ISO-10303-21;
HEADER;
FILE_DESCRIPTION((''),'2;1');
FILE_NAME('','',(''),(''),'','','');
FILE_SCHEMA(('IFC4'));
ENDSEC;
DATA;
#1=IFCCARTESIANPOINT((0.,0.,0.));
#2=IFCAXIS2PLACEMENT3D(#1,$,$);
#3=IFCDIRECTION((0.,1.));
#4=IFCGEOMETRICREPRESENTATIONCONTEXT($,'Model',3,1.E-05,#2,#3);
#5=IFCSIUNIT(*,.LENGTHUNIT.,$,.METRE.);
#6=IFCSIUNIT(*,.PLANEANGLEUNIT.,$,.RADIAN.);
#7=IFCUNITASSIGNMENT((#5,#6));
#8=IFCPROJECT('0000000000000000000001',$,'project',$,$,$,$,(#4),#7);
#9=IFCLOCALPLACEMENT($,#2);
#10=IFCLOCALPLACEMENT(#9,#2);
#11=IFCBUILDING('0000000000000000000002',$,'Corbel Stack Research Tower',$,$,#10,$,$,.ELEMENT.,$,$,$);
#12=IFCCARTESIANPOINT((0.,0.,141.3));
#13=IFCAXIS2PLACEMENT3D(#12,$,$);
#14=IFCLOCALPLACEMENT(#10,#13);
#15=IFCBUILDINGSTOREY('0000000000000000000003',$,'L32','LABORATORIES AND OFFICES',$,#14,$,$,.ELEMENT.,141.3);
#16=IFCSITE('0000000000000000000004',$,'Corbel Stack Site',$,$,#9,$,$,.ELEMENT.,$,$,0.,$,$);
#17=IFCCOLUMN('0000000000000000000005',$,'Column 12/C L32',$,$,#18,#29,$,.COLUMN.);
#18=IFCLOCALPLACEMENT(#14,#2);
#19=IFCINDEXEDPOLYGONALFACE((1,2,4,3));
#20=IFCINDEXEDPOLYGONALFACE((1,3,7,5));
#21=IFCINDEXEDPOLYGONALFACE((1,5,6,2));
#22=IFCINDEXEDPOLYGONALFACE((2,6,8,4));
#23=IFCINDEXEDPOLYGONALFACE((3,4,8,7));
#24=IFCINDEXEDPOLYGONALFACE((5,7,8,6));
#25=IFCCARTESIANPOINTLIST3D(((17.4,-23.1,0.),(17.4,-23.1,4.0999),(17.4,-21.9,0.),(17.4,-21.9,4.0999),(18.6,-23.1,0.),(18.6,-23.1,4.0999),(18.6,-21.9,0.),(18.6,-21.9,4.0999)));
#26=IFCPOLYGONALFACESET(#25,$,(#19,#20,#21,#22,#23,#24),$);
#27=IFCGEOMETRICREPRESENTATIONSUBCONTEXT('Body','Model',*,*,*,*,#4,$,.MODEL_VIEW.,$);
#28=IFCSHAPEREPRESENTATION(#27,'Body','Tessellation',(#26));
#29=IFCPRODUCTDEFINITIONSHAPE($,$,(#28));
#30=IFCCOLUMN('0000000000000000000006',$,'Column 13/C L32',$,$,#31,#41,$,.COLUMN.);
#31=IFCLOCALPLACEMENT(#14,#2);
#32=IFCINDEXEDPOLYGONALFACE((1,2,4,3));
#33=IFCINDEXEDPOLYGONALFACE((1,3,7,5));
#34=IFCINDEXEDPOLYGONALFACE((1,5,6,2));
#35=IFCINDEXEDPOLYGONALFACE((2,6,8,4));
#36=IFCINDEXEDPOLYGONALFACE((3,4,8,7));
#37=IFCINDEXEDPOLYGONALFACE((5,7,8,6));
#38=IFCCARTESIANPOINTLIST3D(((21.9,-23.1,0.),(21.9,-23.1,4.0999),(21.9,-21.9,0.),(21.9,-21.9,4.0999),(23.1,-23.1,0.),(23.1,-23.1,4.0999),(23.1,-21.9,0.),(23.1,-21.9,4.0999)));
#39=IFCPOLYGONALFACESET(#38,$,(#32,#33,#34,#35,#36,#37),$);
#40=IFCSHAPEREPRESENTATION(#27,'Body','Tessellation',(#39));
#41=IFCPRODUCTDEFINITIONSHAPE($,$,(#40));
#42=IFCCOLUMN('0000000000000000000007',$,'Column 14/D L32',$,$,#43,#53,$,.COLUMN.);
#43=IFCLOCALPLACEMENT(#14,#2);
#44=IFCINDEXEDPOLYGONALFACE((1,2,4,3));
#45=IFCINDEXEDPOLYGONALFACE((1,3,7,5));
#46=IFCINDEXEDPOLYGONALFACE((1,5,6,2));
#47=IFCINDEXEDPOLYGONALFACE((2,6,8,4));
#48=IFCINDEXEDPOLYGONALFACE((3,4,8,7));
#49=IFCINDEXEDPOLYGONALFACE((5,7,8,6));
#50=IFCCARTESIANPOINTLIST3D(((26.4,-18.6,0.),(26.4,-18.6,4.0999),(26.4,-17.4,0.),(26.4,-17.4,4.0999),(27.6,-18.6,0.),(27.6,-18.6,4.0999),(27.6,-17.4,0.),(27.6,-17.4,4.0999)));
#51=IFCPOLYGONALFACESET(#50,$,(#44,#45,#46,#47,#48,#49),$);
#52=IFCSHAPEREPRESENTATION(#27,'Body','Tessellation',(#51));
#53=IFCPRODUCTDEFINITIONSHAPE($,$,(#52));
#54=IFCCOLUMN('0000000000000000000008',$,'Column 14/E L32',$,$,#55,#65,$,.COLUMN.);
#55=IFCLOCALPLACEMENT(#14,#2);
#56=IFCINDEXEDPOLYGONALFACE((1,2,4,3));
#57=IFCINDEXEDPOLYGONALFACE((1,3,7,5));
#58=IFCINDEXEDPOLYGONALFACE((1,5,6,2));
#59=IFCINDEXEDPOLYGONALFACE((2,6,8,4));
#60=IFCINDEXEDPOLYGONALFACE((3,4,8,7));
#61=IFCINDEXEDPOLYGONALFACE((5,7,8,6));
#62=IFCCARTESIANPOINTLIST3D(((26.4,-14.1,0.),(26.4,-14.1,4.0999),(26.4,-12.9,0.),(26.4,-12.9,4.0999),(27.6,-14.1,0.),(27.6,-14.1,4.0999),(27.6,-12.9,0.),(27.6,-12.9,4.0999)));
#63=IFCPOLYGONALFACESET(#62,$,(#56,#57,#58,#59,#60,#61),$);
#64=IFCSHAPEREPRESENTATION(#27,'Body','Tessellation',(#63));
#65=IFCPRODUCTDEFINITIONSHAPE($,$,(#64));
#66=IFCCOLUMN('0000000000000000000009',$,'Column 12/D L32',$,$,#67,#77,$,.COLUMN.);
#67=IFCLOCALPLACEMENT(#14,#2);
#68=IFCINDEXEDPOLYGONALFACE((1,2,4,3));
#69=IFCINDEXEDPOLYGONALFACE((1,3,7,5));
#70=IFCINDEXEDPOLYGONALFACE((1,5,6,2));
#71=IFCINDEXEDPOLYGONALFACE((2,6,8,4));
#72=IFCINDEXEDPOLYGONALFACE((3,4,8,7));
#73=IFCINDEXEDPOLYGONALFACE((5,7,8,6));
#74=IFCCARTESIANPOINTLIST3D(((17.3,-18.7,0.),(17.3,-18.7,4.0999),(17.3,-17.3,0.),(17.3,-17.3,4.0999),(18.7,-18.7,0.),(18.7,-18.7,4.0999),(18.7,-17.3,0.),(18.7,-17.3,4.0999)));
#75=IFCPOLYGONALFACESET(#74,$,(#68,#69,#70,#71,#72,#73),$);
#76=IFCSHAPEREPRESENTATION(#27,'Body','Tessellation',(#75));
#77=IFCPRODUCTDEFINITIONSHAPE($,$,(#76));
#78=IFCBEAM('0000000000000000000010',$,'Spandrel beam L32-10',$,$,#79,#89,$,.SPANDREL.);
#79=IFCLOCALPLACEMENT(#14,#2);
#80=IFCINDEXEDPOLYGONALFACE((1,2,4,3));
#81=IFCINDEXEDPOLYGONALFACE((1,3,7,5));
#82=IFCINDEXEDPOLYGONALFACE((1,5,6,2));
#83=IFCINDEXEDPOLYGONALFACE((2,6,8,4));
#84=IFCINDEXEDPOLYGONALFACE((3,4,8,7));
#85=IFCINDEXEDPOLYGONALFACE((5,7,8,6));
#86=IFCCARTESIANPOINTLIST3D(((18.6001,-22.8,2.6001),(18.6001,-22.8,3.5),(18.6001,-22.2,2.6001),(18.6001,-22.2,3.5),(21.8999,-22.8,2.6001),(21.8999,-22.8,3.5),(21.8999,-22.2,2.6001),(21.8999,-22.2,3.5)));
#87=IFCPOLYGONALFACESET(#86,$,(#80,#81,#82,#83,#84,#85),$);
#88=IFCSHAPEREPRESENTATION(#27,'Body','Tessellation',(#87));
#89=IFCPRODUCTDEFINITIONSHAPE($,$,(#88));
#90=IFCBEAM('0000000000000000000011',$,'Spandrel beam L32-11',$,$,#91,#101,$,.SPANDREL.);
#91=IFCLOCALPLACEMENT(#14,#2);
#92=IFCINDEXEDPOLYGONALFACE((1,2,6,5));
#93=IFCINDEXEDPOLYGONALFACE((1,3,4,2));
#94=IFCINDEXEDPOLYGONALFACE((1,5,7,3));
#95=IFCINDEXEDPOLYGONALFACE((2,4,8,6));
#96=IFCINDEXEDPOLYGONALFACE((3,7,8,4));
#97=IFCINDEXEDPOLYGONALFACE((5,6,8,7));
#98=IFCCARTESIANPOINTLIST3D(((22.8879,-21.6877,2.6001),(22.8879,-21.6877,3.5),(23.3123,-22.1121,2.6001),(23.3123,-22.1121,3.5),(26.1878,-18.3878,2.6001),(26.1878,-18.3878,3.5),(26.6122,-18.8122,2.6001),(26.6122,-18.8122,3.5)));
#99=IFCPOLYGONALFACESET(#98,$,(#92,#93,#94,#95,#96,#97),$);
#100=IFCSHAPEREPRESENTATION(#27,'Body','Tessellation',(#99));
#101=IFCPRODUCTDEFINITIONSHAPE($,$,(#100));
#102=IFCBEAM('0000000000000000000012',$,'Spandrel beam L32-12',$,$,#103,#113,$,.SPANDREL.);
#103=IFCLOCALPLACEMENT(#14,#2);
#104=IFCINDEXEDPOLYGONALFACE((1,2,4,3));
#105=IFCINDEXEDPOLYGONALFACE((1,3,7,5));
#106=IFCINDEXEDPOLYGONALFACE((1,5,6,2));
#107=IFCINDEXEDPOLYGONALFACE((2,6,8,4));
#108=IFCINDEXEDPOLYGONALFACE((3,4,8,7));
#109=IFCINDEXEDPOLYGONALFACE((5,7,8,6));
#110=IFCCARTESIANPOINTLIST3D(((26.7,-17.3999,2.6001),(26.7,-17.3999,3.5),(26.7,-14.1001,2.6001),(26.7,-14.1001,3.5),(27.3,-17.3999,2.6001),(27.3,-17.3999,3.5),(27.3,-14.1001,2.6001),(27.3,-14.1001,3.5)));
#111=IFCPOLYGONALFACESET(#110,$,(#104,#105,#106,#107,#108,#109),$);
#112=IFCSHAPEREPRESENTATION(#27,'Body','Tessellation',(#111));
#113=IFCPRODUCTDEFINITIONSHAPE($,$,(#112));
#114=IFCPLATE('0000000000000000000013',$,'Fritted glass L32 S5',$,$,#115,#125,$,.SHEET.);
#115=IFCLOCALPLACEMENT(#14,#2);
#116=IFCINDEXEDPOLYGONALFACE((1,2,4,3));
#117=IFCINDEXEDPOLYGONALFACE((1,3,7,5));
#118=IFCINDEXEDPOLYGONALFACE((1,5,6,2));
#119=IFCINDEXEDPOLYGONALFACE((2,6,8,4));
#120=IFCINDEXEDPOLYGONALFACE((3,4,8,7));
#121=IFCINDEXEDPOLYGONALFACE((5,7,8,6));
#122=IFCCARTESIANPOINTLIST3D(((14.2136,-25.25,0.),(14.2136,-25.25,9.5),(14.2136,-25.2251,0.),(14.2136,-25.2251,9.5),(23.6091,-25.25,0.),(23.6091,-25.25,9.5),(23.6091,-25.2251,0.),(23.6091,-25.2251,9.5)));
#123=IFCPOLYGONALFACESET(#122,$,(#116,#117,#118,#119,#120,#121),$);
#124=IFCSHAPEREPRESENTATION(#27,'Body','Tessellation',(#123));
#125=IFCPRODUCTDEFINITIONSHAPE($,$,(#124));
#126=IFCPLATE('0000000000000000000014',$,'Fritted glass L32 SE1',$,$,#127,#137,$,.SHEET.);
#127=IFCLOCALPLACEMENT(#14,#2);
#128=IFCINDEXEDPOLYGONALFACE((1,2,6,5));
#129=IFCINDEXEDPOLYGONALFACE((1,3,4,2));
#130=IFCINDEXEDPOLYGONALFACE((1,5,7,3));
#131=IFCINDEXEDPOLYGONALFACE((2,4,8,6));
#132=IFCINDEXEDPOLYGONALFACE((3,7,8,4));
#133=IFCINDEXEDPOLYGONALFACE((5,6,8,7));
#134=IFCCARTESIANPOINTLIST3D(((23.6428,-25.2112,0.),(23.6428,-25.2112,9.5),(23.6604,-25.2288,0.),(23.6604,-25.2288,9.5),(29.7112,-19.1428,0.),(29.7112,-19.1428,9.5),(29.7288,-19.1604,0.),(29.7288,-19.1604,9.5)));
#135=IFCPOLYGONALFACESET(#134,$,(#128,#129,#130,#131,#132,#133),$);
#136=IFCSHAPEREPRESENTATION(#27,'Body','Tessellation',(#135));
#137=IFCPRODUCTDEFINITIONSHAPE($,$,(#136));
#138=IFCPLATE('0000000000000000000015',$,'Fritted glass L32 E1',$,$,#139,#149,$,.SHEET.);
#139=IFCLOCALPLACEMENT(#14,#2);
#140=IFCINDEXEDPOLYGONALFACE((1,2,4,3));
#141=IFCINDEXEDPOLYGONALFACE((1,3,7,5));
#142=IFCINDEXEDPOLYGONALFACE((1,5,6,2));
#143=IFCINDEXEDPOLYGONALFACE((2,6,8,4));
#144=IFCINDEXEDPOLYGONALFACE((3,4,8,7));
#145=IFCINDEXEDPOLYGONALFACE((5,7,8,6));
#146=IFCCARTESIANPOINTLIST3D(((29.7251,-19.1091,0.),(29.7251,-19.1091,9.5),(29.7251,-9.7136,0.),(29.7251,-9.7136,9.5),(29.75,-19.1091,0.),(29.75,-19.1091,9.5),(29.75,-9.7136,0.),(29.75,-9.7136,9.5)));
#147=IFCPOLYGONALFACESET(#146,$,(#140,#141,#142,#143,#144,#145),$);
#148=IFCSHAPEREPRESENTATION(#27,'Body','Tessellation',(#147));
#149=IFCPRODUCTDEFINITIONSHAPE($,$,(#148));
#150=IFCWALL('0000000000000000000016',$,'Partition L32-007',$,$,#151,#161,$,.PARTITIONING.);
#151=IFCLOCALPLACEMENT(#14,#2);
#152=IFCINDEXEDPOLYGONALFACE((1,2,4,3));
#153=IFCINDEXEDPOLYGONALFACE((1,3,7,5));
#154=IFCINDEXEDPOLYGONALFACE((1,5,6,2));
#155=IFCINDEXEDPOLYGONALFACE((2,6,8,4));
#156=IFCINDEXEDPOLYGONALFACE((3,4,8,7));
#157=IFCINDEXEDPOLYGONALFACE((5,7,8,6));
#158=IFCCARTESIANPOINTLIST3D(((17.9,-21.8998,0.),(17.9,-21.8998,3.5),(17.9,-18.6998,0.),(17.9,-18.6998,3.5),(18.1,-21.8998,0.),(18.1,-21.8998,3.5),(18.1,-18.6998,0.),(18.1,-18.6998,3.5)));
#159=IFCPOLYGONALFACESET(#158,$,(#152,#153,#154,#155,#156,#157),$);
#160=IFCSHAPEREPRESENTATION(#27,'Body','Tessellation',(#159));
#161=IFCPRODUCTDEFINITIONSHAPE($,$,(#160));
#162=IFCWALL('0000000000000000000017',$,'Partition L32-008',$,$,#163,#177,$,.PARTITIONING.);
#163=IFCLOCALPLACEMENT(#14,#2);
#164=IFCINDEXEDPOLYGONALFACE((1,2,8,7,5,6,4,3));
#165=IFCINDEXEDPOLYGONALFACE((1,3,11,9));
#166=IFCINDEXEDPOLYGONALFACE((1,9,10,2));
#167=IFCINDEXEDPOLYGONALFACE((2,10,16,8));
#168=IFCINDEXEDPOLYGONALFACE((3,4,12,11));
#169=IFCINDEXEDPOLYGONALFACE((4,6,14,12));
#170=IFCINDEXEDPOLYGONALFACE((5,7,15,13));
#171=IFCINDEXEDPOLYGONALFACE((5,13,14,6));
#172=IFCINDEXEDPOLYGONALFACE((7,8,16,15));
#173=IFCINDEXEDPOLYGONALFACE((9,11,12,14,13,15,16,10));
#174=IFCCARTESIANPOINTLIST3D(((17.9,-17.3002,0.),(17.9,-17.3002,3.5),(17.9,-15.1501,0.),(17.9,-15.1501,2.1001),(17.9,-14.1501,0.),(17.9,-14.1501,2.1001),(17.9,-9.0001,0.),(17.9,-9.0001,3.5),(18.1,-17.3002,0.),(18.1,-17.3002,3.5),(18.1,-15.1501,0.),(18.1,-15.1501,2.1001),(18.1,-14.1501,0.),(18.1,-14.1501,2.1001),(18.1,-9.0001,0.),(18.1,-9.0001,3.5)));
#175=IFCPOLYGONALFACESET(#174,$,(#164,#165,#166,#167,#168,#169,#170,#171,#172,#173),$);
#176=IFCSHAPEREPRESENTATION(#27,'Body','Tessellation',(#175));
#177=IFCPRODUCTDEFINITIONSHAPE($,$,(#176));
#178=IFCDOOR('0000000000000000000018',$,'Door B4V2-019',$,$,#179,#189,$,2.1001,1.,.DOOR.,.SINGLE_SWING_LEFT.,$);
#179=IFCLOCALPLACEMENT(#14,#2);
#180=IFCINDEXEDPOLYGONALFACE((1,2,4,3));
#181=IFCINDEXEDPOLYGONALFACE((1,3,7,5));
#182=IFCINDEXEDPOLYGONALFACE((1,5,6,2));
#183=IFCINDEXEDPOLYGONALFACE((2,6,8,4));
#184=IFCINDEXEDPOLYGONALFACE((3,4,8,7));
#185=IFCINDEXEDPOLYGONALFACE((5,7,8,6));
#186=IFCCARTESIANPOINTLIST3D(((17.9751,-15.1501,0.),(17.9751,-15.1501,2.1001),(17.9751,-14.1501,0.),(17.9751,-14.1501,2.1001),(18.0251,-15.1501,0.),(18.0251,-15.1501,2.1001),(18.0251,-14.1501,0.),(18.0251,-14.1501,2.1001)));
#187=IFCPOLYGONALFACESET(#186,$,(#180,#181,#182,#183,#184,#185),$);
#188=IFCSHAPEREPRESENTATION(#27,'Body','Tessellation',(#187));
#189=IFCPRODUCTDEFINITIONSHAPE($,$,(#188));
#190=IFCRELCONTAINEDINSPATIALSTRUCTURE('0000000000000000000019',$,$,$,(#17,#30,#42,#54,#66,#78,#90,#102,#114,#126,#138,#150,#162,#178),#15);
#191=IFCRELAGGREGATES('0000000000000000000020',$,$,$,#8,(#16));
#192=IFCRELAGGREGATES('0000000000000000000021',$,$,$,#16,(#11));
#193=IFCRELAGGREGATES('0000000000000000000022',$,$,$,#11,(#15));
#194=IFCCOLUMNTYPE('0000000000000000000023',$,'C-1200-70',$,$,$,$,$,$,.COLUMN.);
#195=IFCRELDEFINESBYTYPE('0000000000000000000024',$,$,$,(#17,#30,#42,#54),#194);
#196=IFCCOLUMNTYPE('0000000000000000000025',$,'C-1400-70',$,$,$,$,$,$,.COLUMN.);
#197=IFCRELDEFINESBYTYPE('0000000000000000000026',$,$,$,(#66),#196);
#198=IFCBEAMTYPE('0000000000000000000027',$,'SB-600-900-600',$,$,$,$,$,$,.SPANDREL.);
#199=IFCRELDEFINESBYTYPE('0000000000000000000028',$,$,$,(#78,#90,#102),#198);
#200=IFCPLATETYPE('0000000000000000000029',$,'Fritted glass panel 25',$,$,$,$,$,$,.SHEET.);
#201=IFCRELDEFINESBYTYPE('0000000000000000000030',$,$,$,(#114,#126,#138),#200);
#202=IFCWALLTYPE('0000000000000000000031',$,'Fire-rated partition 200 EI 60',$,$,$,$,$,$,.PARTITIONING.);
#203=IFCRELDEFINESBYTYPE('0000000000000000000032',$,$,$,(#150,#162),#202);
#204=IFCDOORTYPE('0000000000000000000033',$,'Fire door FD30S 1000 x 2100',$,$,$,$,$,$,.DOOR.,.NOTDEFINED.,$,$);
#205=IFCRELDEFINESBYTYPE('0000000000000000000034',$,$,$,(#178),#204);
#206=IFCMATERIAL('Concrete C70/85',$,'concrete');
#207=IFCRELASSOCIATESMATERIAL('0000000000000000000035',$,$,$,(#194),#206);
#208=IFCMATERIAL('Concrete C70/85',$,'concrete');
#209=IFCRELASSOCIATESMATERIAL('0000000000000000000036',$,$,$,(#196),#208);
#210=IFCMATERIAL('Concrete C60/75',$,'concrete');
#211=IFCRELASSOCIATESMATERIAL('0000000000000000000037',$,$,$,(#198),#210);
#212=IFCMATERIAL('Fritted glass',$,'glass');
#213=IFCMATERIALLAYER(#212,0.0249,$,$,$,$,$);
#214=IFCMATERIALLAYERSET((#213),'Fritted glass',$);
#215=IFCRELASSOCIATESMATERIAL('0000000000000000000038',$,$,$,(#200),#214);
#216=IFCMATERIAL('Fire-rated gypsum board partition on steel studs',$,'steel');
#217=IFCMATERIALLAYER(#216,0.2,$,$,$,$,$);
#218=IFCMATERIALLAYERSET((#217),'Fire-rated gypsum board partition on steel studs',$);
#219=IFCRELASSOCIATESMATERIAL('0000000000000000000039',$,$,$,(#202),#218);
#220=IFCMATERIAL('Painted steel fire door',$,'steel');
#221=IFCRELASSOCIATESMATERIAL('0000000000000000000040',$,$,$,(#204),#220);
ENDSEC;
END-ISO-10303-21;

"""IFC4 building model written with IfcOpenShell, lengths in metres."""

from ifc_helpers import new_model, si_unit, direction, frame, frame_2d, origin, origin_2d, place, context, subcontext, project, spatial, rectangle, extrude, material, layer, layer_set, material_profile, profile_set, type_object, element, fill, save


model = new_model("IFC4")

# Units and contexts
model_context = context("Model", 3, precision=1e-05, world=origin(), true_north=direction((0.0, 1.0)))
body_context = subcontext(model_context, "Body", "Model", "MODEL_VIEW")
ifc_project = project(units=[si_unit("LENGTHUNIT", "METRE"), si_unit("PLANEANGLEUNIT", "RADIAN")], contexts=[model_context])

# Site, building, storey
site_placement = place(None, origin())
site = spatial("IfcSite", under=ifc_project, at=site_placement, Name="Corbel Stack Site", CompositionType="ELEMENT", RefElevation=0.0)
building_placement = place(site_placement, origin())
building = spatial("IfcBuilding", under=site, at=building_placement, Name="Corbel Stack Research Tower", CompositionType="ELEMENT")
storey_placement = place(building_placement, frame((0.0, 0.0, 141.3)))
storey = spatial("IfcBuildingStorey", under=building, at=storey_placement, Name="L32", Description="LABORATORIES AND OFFICES", CompositionType="ELEMENT", Elevation=141.3)

# Columns
ifc_material_1 = material(Name="Concrete C70/85", Category="concrete")
ifc_material_profile_1 = material_profile(ifc_material_1, rectangle(XDim=1.2, YDim=1.2, at=origin_2d()), Name="RC 1200 x 1200")
ifc_profile_set_1 = profile_set([ifc_material_profile_1], Name="Concrete C70/85")
column_type_1 = type_object("IfcColumnType", Name="C-1200-70", PredefinedType="COLUMN", material=ifc_profile_set_1)
for number, where, z_axis, x_axis, name in (
    (1, (18.0, -22.5, 0.0), (0.0, 0.0, 1.0), (1.0, 0.0, 0.0), "Column 12/C L32"),
    (2, (22.5, -22.5, 0.0), (0.0, 0.0, 1.0), (1.0, 0.0, 0.0), "Column 13/C L32"),
    (3, (27.0, -18.0, 0.0), (0.0, 0.0, 1.0), (1.0, 0.0, 0.0), "Column 14/D L32"),
    (4, (27.0, -13.5, 0.0), (0.0, 0.0, 1.0), (1.0, 0.0, 0.0), "Column 14/E L32"),
):
    element("IfcColumn", number, at=place(storey_placement, frame(where, z_axis=z_axis, x_axis=x_axis)), inside=storey, type_object=column_type_1, Name=name, PredefinedType="COLUMN", context=body_context, shape_type="SweptSolid", body=[
        extrude(rectangle(XDim=1.2, YDim=1.2, at=origin_2d()), origin(), (0.0, 0.0, 1.0), 4.0999),
    ])
ifc_material_2 = material(Name="Concrete C70/85", Category="concrete")
ifc_material_profile_2 = material_profile(ifc_material_2, rectangle(XDim=1.3999, YDim=1.3999, at=origin_2d()), Name="RC 1400 x 1400")
ifc_profile_set_2 = profile_set([ifc_material_profile_2], Name="Concrete C70/85")
column_type_2 = type_object("IfcColumnType", Name="C-1400-70", PredefinedType="COLUMN", material=ifc_profile_set_2)
column_placement = place(storey_placement, frame((18.0, -18.0, 0.0), z_axis=(0.0, 0.0, 1.0), x_axis=(1.0, 0.0, 0.0)))
element("IfcColumn", 5, at=column_placement, inside=storey, type_object=column_type_2, Name="Column 12/D L32", PredefinedType="COLUMN", context=body_context, shape_type="SweptSolid", body=[
    extrude(rectangle(XDim=1.3999, YDim=1.3999, at=origin_2d()), origin(), (0.0, 0.0, 1.0), 4.0999),
])

# Beams
ifc_material_3 = material(Name="Concrete C60/75", Category="concrete")
ifc_material_profile_3 = material_profile(ifc_material_3, rectangle(XDim=0.6001, YDim=0.8999, at=origin_2d()), Name="RC 600 x 900")
ifc_profile_set_3 = profile_set([ifc_material_profile_3], Name="Concrete C60/75")
beam_type = type_object("IfcBeamType", Name="SB-600-900-600", PredefinedType="SPANDREL", material=ifc_profile_set_3)
beam_1_placement = place(storey_placement, frame((18.6001, -22.5, 3.05), z_axis=(1.0, 0.0, 0.0), x_axis=(0.0, 1.0, 0.0)))
element("IfcBeam", 6, at=beam_1_placement, inside=storey, type_object=beam_type, Name="Spandrel beam L32-10", PredefinedType="SPANDREL", context=body_context, shape_type="SweptSolid", body=[
    extrude(rectangle(XDim=0.6001, YDim=0.8999, at=origin_2d()), origin(), (0.0, 0.0, 1.0), 3.2998),
])
beam_2_placement = place(storey_placement, frame((23.1001, -21.8999, 3.05), z_axis=(0.707107, 0.707107, 0.0), x_axis=(-0.707107, 0.707107, 0.0)))
element("IfcBeam", 7, at=beam_2_placement, inside=storey, type_object=beam_type, Name="Spandrel beam L32-11", PredefinedType="SPANDREL", context=body_context, shape_type="SweptSolid", body=[
    extrude(rectangle(XDim=0.6001, YDim=0.8999, at=origin_2d()), origin(), (0.0, 0.0, 1.0), 4.6667),
])
beam_3_placement = place(storey_placement, frame((27.0, -17.3999, 3.05), z_axis=(0.0, 1.0, 0.0), x_axis=(-1.0, 0.0, 0.0)))
element("IfcBeam", 8, at=beam_3_placement, inside=storey, type_object=beam_type, Name="Spandrel beam L32-12", PredefinedType="SPANDREL", context=body_context, shape_type="SweptSolid", body=[
    extrude(rectangle(XDim=0.6001, YDim=0.8999, at=origin_2d()), origin(), (0.0, 0.0, 1.0), 3.2998),
])

# Plates
ifc_material_4 = material(Name="Fritted glass", Category="glass")
ifc_layer_1 = layer(ifc_material_4, 0.0249)
ifc_layer_set_1 = layer_set([ifc_layer_1], Name="Fritted glass")
plate_type = type_object("IfcPlateType", Name="Fritted glass panel 25", PredefinedType="SHEET", material=ifc_layer_set_1)
plate_1_placement = place(storey_placement, frame((18.9114, -25.2375, 0.0), z_axis=(0.0, 0.0, 1.0), x_axis=(1.0, 0.0, 0.0)))
element("IfcPlate", 9, at=plate_1_placement, inside=storey, type_object=plate_type, Name="Fritted glass L32 S5", PredefinedType="SHEET", context=body_context, shape_type="SweptSolid", body=[
    extrude(rectangle(XDim=9.3955, YDim=0.0249, at=origin_2d()), origin(), (0.0, 0.0, 1.0), 9.5),
])
plate_2_placement = place(storey_placement, frame((26.6858, -22.1858, 0.0), z_axis=(0.0, 0.0, 1.0), x_axis=(0.707107, 0.707107, 0.0)))
element("IfcPlate", 10, at=plate_2_placement, inside=storey, type_object=plate_type, Name="Fritted glass L32 SE1", PredefinedType="SHEET", context=body_context, shape_type="SweptSolid", body=[
    extrude(rectangle(XDim=8.582, YDim=0.0249, at=origin_2d()), origin(), (0.0, 0.0, 1.0), 9.5),
])
plate_3_placement = place(storey_placement, frame((29.7375, -14.4114, 0.0), z_axis=(0.0, 0.0, 1.0), x_axis=(0.0, 1.0, 0.0)))
element("IfcPlate", 11, at=plate_3_placement, inside=storey, type_object=plate_type, Name="Fritted glass L32 E1", PredefinedType="SHEET", context=body_context, shape_type="SweptSolid", body=[
    extrude(rectangle(XDim=9.3955, YDim=0.0249, at=origin_2d()), origin(), (0.0, 0.0, 1.0), 9.5),
])

# Wall
ifc_material_5 = material(Name="Fire-rated gypsum board partition on steel studs", Category="steel")
ifc_layer_2 = layer(ifc_material_5, 0.2)
ifc_layer_set_2 = layer_set([ifc_layer_2], Name="Fire-rated gypsum board partition on steel studs")
wall_type_1 = type_object("IfcWallType", Name="Fire-rated partition 200 EI 60", PredefinedType="PARTITIONING", material=ifc_layer_set_2)
wall_1_placement = place(storey_placement, frame((18.0, -21.8999, 0.0), z_axis=(0.0, 0.0, 1.0), x_axis=(0.0, 1.0, 0.0)))
element("IfcWall", 12, at=wall_1_placement, inside=storey, type_object=wall_type_1, Name="Partition L32-007", PredefinedType="PARTITIONING", context=body_context, shape_type="SweptSolid", body=[
    extrude(rectangle(XDim=3.2, YDim=0.2, at=frame_2d((1.6001, 0.0))), origin(), (0.0, 0.0, 1.0), 3.5),
])

# Wall, opening, door
wall_2_placement = place(storey_placement, frame((18.0, -17.3, 0.0), z_axis=(0.0, 0.0, 1.0), x_axis=(0.0, 1.0, 0.0)))
wall_2 = element("IfcWall", 13, at=wall_2_placement, inside=storey, type_object=wall_type_1, Name="Partition L32-008", PredefinedType="PARTITIONING", context=body_context, shape_type="SweptSolid", body=[
    extrude(rectangle(XDim=8.3, YDim=0.2, at=frame_2d((4.1499, 0.0))), origin(), (0.0, 0.0, 1.0), 3.5),
])
opening_1_placement = place(wall_2_placement, frame((2.1499, 0.0, 0.0)))
opening_1 = element("IfcOpeningElement", 14, at=opening_1_placement, cuts=wall_2, PredefinedType="OPENING", context=body_context, shape_type="SweptSolid", body=[
    extrude(rectangle(XDim=1.0, YDim=2.1001, at=frame_2d((0.5, 1.05))), frame((0.0, 0.1099, 0.0), z_axis=(0.0, -1.0, 0.0), x_axis=(1.0, 0.0, 0.0)), (0.0, 0.0, 1.0), 0.22),
])
ifc_material_6 = material(Name="Painted steel fire door", Category="steel")
door_type_1 = type_object("IfcDoorType", Name="Fire door FD30S 1000 x 2100", OperationType="NOTDEFINED", PredefinedType="DOOR", material=ifc_material_6)
door_1_placement = place(opening_1_placement, origin())
door_1 = element("IfcDoor", 15, at=door_1_placement, inside=storey, type_object=door_type_1, Name="Door B4V2-019", OperationType="SINGLE_SWING_LEFT", OverallHeight=2.1001, OverallWidth=1.0, PredefinedType="DOOR", context=body_context, shape_type="SweptSolid", body=[
    extrude(rectangle(XDim=1.0, YDim=2.1001, at=frame_2d((0.5, 1.05))), frame((0.0, 0.0249, 0.0), z_axis=(0.0, -1.0, 0.0), x_axis=(1.0, 0.0, 0.0)), (0.0, 0.0, 1.0), 0.05),
])
fill(opening_1, door_1)

save(model, "model.ifc")
